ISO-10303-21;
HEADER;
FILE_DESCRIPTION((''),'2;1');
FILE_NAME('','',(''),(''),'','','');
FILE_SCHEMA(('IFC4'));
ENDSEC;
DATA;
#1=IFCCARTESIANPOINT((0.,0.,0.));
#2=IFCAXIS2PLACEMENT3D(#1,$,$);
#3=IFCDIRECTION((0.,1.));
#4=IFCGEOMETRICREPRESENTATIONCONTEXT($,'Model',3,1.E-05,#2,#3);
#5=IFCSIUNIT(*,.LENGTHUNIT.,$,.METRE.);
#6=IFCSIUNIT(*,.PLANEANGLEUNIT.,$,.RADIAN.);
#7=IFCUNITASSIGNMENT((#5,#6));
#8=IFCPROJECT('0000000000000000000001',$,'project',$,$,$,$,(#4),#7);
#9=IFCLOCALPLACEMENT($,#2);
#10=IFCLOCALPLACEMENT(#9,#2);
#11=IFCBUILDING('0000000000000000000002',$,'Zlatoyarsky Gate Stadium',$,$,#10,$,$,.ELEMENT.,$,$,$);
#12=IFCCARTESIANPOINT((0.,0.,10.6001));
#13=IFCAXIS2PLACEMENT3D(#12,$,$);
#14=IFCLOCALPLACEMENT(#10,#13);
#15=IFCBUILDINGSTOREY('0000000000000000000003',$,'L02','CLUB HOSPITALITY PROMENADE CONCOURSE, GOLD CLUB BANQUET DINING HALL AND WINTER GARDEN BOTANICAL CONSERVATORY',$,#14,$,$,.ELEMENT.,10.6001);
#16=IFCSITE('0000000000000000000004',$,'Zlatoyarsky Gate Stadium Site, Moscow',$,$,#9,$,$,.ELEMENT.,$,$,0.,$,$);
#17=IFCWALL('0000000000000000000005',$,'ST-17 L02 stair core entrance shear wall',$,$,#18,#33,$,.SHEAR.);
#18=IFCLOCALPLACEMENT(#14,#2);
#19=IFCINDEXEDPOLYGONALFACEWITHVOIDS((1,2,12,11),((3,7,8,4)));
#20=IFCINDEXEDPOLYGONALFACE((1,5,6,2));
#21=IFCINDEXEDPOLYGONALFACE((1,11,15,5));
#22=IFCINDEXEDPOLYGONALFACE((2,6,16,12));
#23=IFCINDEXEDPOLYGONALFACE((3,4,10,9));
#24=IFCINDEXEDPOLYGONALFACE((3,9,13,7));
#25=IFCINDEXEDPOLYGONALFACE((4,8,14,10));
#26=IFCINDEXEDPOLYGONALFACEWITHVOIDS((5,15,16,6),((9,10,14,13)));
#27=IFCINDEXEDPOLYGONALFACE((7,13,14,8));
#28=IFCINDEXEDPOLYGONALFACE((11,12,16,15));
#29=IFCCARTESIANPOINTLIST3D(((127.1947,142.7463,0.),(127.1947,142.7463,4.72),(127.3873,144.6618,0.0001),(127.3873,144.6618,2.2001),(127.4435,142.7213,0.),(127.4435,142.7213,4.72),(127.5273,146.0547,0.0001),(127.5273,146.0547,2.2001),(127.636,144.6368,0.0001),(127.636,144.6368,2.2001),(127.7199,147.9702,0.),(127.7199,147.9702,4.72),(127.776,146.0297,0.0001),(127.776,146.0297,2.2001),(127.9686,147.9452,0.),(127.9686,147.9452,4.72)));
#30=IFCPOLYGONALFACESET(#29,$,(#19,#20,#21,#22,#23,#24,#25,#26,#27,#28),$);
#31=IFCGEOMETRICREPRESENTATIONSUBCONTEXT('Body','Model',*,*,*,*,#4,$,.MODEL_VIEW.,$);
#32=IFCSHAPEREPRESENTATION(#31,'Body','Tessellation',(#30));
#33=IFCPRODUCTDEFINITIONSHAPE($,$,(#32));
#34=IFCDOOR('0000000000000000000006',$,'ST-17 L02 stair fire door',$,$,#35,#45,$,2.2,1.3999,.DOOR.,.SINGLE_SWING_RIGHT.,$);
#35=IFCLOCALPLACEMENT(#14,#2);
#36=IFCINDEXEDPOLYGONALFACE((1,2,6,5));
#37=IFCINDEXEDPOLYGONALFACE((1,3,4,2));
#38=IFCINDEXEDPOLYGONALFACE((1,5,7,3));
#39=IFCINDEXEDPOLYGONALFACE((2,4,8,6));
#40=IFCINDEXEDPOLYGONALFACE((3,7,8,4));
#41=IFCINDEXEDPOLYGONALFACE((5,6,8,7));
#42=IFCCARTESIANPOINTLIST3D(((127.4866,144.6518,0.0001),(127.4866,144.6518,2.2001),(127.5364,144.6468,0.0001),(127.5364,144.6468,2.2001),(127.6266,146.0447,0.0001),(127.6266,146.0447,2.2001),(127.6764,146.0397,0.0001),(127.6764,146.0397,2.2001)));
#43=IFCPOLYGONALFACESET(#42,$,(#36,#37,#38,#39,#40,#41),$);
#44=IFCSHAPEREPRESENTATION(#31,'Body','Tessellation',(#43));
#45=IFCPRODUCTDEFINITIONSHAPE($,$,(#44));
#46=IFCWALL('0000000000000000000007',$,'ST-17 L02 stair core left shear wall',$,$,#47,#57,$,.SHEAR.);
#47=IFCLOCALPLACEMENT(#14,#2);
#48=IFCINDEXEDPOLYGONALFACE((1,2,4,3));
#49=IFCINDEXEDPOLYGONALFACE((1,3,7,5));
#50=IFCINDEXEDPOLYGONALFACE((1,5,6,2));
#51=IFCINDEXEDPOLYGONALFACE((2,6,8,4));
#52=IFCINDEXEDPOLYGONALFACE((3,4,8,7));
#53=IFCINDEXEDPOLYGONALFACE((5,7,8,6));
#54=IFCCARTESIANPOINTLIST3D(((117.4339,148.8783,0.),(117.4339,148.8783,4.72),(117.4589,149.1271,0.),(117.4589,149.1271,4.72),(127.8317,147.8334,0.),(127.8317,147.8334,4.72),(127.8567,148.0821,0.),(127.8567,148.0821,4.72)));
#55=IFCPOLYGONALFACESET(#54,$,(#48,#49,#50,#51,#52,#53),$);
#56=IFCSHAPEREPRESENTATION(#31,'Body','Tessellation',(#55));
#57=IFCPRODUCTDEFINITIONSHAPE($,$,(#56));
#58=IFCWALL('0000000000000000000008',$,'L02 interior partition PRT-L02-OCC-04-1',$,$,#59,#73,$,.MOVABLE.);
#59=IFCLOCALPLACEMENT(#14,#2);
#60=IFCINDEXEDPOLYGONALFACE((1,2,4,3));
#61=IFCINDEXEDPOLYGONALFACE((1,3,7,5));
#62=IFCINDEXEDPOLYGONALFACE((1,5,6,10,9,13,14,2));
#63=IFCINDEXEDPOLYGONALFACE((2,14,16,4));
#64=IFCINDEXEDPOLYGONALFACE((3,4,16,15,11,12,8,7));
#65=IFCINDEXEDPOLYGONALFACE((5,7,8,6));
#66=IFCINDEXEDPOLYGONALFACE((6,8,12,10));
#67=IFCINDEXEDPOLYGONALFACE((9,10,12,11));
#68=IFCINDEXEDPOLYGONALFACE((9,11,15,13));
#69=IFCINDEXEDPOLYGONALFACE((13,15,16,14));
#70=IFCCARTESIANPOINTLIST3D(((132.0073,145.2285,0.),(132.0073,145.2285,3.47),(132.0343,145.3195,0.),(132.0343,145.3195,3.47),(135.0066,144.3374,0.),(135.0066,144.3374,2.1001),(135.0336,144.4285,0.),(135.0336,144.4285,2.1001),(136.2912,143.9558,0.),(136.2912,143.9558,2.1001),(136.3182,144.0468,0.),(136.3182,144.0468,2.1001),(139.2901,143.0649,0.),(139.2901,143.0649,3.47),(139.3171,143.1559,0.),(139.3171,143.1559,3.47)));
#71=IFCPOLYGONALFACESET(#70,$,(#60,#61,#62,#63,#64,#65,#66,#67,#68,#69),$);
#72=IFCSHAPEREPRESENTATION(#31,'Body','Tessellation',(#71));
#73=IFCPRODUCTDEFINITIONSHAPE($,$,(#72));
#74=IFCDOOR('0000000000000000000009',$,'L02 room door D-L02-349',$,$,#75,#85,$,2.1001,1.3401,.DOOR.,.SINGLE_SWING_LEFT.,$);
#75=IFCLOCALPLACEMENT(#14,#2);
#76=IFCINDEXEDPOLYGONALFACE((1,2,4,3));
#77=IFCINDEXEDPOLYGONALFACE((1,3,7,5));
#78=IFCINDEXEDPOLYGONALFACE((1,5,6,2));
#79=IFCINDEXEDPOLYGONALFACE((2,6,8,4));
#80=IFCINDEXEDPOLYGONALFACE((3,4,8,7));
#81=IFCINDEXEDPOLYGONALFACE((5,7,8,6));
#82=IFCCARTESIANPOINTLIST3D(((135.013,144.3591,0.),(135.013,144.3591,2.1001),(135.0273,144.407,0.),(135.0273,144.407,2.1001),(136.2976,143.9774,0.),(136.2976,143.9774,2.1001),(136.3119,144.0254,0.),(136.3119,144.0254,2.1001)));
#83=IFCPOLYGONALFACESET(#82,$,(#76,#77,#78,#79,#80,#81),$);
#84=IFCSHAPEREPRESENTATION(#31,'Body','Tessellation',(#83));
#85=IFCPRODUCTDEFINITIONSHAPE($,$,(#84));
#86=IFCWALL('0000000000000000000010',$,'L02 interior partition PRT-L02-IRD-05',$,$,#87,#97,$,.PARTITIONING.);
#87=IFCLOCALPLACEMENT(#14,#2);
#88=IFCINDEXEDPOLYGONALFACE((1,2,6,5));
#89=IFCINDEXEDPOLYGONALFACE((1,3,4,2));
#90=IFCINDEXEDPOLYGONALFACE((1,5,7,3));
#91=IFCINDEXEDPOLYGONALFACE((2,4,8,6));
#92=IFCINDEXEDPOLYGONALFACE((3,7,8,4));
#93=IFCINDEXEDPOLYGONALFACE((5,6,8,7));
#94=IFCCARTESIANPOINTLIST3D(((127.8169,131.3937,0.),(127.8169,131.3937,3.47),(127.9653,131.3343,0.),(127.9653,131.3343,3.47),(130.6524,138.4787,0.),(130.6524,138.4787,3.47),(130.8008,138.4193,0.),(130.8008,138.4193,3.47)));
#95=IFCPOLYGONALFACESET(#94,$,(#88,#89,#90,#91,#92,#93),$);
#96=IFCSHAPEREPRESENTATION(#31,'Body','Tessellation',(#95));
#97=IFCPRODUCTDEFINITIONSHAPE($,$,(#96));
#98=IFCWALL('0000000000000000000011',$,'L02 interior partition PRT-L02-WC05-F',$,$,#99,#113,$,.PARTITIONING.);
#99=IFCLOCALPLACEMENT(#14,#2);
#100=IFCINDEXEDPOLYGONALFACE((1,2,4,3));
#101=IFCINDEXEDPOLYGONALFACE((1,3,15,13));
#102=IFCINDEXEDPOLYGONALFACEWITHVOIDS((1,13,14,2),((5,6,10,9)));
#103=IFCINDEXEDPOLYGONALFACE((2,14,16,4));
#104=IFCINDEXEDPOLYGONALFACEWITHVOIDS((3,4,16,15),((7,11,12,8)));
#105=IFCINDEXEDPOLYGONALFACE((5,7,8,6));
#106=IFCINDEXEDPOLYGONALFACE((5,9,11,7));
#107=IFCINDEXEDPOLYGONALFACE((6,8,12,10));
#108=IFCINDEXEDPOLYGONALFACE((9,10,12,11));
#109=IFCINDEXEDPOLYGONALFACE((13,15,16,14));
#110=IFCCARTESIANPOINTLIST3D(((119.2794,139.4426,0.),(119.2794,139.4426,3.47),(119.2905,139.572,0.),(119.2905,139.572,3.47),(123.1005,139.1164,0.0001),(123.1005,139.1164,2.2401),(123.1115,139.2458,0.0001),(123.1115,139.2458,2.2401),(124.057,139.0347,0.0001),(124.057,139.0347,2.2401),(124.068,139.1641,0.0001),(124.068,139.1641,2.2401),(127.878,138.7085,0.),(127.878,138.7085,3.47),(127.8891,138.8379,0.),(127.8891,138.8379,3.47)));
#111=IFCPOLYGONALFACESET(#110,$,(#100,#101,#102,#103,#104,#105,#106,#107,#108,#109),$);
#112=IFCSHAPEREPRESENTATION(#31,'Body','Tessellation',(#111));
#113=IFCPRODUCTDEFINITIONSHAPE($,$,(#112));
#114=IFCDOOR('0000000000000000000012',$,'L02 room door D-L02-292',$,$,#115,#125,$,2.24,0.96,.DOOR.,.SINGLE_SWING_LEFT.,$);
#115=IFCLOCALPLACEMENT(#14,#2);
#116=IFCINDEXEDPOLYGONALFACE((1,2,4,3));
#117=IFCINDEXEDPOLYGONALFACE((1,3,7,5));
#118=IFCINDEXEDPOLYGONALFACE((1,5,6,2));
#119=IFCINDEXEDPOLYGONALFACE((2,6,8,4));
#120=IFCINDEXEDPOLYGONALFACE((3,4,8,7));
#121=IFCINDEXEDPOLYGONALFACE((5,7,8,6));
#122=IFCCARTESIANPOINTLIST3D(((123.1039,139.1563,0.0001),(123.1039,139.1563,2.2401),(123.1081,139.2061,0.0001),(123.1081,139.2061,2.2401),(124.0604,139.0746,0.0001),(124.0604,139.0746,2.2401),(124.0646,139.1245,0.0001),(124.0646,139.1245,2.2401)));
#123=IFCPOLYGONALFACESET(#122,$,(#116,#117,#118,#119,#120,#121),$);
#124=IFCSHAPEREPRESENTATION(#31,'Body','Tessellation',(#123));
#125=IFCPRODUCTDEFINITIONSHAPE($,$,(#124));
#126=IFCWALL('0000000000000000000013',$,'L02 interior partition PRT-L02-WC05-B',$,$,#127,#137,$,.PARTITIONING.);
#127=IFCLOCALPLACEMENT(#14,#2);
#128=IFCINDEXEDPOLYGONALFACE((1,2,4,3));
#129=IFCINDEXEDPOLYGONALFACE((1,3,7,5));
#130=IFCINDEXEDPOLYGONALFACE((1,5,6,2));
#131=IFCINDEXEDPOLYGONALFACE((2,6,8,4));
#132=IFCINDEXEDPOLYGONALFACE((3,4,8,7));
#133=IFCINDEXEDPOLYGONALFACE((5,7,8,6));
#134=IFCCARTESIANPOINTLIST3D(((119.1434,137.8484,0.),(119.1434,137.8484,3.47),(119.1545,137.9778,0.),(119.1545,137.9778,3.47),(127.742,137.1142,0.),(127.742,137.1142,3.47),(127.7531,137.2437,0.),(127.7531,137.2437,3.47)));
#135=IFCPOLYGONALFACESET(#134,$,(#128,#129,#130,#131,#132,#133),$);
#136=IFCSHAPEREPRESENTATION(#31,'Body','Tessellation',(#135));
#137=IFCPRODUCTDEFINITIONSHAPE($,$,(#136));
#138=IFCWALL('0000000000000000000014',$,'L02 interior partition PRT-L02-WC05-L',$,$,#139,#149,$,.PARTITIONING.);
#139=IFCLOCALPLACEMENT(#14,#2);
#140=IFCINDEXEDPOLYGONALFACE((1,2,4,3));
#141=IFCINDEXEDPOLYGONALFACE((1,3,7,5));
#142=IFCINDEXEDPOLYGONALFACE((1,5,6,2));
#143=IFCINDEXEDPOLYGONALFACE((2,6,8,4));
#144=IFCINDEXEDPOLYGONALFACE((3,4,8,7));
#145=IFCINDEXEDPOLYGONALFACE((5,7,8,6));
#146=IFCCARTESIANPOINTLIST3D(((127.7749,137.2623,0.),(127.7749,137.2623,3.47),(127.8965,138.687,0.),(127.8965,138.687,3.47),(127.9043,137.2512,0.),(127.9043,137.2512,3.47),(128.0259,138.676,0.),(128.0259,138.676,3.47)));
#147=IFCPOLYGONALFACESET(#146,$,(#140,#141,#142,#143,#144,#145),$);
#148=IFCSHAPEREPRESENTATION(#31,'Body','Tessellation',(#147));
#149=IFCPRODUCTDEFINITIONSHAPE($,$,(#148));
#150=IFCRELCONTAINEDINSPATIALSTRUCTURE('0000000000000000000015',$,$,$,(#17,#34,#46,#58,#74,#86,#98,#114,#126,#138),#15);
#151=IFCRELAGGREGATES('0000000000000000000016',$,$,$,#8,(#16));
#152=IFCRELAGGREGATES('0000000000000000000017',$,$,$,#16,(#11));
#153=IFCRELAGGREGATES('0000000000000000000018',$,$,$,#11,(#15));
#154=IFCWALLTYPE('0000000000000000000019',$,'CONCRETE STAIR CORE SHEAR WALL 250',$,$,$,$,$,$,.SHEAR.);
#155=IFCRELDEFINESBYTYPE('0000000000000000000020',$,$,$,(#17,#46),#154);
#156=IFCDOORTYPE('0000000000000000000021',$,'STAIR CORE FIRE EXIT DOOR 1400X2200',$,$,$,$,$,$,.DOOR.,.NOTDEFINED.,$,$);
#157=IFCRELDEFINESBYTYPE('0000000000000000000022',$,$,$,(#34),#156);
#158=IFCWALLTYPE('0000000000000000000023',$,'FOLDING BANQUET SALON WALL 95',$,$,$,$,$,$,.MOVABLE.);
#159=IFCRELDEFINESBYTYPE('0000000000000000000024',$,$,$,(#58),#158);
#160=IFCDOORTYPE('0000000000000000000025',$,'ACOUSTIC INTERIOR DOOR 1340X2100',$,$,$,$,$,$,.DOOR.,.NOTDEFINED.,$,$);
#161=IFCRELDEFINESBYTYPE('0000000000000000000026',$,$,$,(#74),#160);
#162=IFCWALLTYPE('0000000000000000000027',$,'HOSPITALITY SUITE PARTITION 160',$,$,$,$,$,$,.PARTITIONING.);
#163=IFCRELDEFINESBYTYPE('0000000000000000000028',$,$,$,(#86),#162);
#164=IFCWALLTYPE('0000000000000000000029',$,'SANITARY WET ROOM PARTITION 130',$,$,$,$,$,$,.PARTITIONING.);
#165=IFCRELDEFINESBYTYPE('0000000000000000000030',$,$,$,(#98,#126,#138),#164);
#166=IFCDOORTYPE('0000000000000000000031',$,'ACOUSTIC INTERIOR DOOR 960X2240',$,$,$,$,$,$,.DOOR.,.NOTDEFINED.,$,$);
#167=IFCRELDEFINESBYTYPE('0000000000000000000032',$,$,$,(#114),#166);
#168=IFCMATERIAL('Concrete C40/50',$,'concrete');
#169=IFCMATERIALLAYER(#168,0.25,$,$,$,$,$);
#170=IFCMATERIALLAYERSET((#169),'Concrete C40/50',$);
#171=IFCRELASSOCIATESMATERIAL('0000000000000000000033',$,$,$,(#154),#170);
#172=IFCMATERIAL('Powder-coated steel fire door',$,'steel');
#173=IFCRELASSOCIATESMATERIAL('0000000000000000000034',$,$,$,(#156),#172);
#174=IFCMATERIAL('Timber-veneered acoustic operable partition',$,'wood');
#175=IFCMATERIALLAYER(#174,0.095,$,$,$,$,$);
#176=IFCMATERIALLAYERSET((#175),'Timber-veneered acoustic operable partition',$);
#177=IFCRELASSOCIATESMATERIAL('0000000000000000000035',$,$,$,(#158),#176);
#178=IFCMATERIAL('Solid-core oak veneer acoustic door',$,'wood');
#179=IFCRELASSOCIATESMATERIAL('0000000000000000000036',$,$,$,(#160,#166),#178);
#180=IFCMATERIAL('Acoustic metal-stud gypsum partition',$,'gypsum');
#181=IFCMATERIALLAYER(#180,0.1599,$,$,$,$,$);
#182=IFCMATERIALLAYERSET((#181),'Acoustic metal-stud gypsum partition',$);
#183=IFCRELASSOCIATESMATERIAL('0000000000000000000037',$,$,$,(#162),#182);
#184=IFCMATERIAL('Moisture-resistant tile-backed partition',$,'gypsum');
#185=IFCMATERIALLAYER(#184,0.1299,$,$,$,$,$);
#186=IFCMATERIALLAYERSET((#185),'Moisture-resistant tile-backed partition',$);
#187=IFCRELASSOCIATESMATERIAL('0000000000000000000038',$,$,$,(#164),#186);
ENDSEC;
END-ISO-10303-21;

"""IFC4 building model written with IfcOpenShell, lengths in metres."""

from ifc_helpers import new_model, si_unit, direction, frame, frame_2d, origin, place, context, subcontext, project, spatial, rectangle, extrude, material, layer, layer_set, type_object, element, fill, save


model = new_model("IFC4")

# Units and contexts
model_context = context("Model", 3, precision=1e-05, world=origin(), true_north=direction((0.0, 1.0)))
body_context = subcontext(model_context, "Body", "Model", "MODEL_VIEW")
ifc_project = project(units=[si_unit("LENGTHUNIT", "METRE"), si_unit("PLANEANGLEUNIT", "RADIAN")], contexts=[model_context])

# Site, building, storey
site_placement = place(None, origin())
site = spatial("IfcSite", under=ifc_project, at=site_placement, Name="Zlatoyarsky Gate Stadium Site, Moscow", CompositionType="ELEMENT", RefElevation=0.0)
building_placement = place(site_placement, origin())
building = spatial("IfcBuilding", under=site, at=building_placement, Name="Zlatoyarsky Gate Stadium", CompositionType="ELEMENT")
storey_placement = place(building_placement, frame((0.0, 0.0, 10.6001)))
storey = spatial("IfcBuildingStorey", under=building, at=storey_placement, Name="L02", Description="CLUB HOSPITALITY PROMENADE CONCOURSE, GOLD CLUB BANQUET DINING HALL AND WINTER GARDEN BOTANICAL CONSERVATORY", CompositionType="ELEMENT", Elevation=10.6001)

# Shared definitions
ifc_material_1 = material(Name="Concrete C40/50", Category="concrete")

# Shared definitions
ifc_layer_1 = layer(ifc_material_1, 0.25)
ifc_layer_set_1 = layer_set([ifc_layer_1], Name="Concrete C40/50")
wall_type_1 = type_object("IfcWallType", Name="CONCRETE STAIR CORE SHEAR WALL 250", PredefinedType="SHEAR", material=ifc_layer_set_1)

# Wall, opening, door
wall_1_placement = place(storey_placement, frame((127.3191, 142.7339, 0.0), z_axis=(0.0, 0.0, 1.0), x_axis=(0.100024, 0.994985, 0.0)))
wall_1 = element("IfcWall", 1, at=wall_1_placement, inside=storey, type_object=wall_type_1, Name="ST-17 L02 stair core entrance shear wall", PredefinedType="SHEAR", context=body_context, shape_type="SweptSolid", body=[
    extrude(rectangle(XDim=5.2502, YDim=0.25, at=frame_2d((2.625, 0.0))), origin(), (0.0, 0.0, 1.0), 4.72),
])
opening_1_placement = place(wall_1_placement, frame((1.925, 0.0, 0.0)))
opening_1 = element("IfcOpeningElement", 2, at=opening_1_placement, cuts=wall_1, PredefinedType="OPENING", context=body_context, shape_type="SweptSolid", body=[
    extrude(rectangle(XDim=1.3999, YDim=2.2, at=frame_2d((0.7, 1.1001))), frame((0.0, 0.135, 0.0), z_axis=(0.0, -1.0, 0.0), x_axis=(1.0, 0.0, 0.0)), (0.0, 0.0, 1.0), 0.27),
])
ifc_material_2 = material(Name="Powder-coated steel fire door", Category="steel")
door_type_1 = type_object("IfcDoorType", Name="STAIR CORE FIRE EXIT DOOR 1400X2200", OperationType="NOTDEFINED", PredefinedType="DOOR", material=ifc_material_2)
door_1_placement = place(opening_1_placement, frame((1.3999, 0.0, 0.0), z_axis=(0.0, 0.0, 1.0), x_axis=(-1.0, 0.0, 0.0)))
door_1 = element("IfcDoor", 3, at=door_1_placement, inside=storey, type_object=door_type_1, Name="ST-17 L02 stair fire door", OperationType="SINGLE_SWING_RIGHT", OverallHeight=2.2, OverallWidth=1.3999, PredefinedType="DOOR", context=body_context, shape_type="SweptSolid", body=[
    extrude(rectangle(XDim=1.3999, YDim=2.2, at=frame_2d((0.7, 1.1001))), frame((0.0, 0.0249, 0.0), z_axis=(0.0, -1.0, 0.0), x_axis=(1.0, 0.0, 0.0)), (0.0, 0.0, 1.0), 0.05),
])
fill(opening_1, door_1)

# Wall
wall_2_placement = place(storey_placement, frame((127.8442, 147.9578, 0.0), z_axis=(0.0, 0.0, 1.0), x_axis=(-0.994988, 0.099992, 0.0)))
element("IfcWall", 4, at=wall_2_placement, inside=storey, type_object=wall_type_1, Name="ST-17 L02 stair core left shear wall", PredefinedType="SHEAR", context=body_context, shape_type="SweptSolid", body=[
    extrude(rectangle(XDim=10.4502, YDim=0.25, at=frame_2d((5.2251, 0.0))), origin(), (0.0, 0.0, 1.0), 4.72),
])

# Wall, opening, door
ifc_material_3 = material(Name="Timber-veneered acoustic operable partition", Category="wood")
ifc_layer_2 = layer(ifc_material_3, 0.095)
ifc_layer_set_2 = layer_set([ifc_layer_2], Name="Timber-veneered acoustic operable partition")
wall_type_2 = type_object("IfcWallType", Name="FOLDING BANQUET SALON WALL 95", PredefinedType="MOVABLE", material=ifc_layer_set_2)
wall_3_placement = place(storey_placement, frame((139.3037, 143.1104, 0.0), z_axis=(0.0, 0.0, 1.0), x_axis=(-0.958592, 0.284782, 0.0)))
wall_3 = element("IfcWall", 5, at=wall_3_placement, inside=storey, type_object=wall_type_2, Name="L02 interior partition PRT-L02-OCC-04-1", PredefinedType="MOVABLE", context=body_context, shape_type="SweptSolid", body=[
    extrude(rectangle(XDim=7.5974, YDim=0.095, at=frame_2d((3.7988, 0.0))), origin(), (0.0, 0.0, 1.0), 3.47),
])
opening_2_placement = place(wall_3_placement, frame((3.1287, 0.0, 0.0)))
opening_2 = element("IfcOpeningElement", 6, at=opening_2_placement, cuts=wall_3, PredefinedType="OPENING", context=body_context, shape_type="SweptSolid", body=[
    extrude(rectangle(XDim=1.3401, YDim=2.1001, at=frame_2d((0.6699, 1.05))), frame((0.0, 0.0574, 0.0), z_axis=(0.0, -1.0, 0.0), x_axis=(1.0, 0.0, 0.0)), (0.0, 0.0, 1.0), 0.115),
])
ifc_material_4 = material(Name="Solid-core oak veneer acoustic door", Category="wood")
door_type_2 = type_object("IfcDoorType", Name="ACOUSTIC INTERIOR DOOR 1340X2100", OperationType="NOTDEFINED", PredefinedType="DOOR", material=ifc_material_4)
door_2_placement = place(opening_2_placement, origin())
door_2 = element("IfcDoor", 7, at=door_2_placement, inside=storey, type_object=door_type_2, Name="L02 room door D-L02-349", OperationType="SINGLE_SWING_LEFT", OverallHeight=2.1001, OverallWidth=1.3401, PredefinedType="DOOR", context=body_context, shape_type="SweptSolid", body=[
    extrude(rectangle(XDim=1.3401, YDim=2.1001, at=frame_2d((0.6699, 1.05))), frame((0.0, 0.0249, 0.0), z_axis=(0.0, -1.0, 0.0), x_axis=(1.0, 0.0, 0.0)), (0.0, 0.0, 1.0), 0.05),
])
fill(opening_2, door_2)

# Wall
ifc_material_5 = material(Name="Acoustic metal-stud gypsum partition", Category="gypsum")
ifc_layer_3 = layer(ifc_material_5, 0.1599)
ifc_layer_set_3 = layer_set([ifc_layer_3], Name="Acoustic metal-stud gypsum partition")
wall_type_3 = type_object("IfcWallType", Name="HOSPITALITY SUITE PARTITION 160", PredefinedType="PARTITIONING", material=ifc_layer_set_3)
wall_4_placement = place(storey_placement, frame((127.8911, 131.364, 0.0), z_axis=(0.0, 0.0, 1.0), x_axis=(0.371556, 0.92841, 0.0)))
element("IfcWall", 8, at=wall_4_placement, inside=storey, type_object=wall_type_3, Name="L02 interior partition PRT-L02-IRD-05", PredefinedType="PARTITIONING", context=body_context, shape_type="SweptSolid", body=[
    extrude(rectangle(XDim=7.6313, YDim=0.1599, at=frame_2d((3.8157, 0.0))), origin(), (0.0, 0.0, 1.0), 3.47),
])

# Wall, opening, door
ifc_material_6 = material(Name="Moisture-resistant tile-backed partition", Category="gypsum")
ifc_layer_4 = layer(ifc_material_6, 0.1299)
ifc_layer_set_4 = layer_set([ifc_layer_4], Name="Moisture-resistant tile-backed partition")
wall_type_4 = type_object("IfcWallType", Name="SANITARY WET ROOM PARTITION 130", PredefinedType="PARTITIONING", material=ifc_layer_set_4)
wall_5_placement = place(storey_placement, frame((127.8835, 138.7732, 0.0), z_axis=(0.0, 0.0, 1.0), x_axis=(-0.996375, 0.085068, 0.0)))
wall_5 = element("IfcWall", 9, at=wall_5_placement, inside=storey, type_object=wall_type_4, Name="L02 interior partition PRT-L02-WC05-F", PredefinedType="PARTITIONING", context=body_context, shape_type="SweptSolid", body=[
    extrude(rectangle(XDim=8.6299, YDim=0.1299, at=frame_2d((4.3149, 0.0))), origin(), (0.0, 0.0, 1.0), 3.47),
])
opening_3_placement = place(wall_5_placement, frame((3.835, 0.0, 0.0)))
opening_3 = element("IfcOpeningElement", 10, at=opening_3_placement, cuts=wall_5, PredefinedType="OPENING", context=body_context, shape_type="SweptSolid", body=[
    extrude(rectangle(XDim=0.96, YDim=2.24, at=frame_2d((0.48, 1.1201))), frame((0.0, 0.075, 0.0), z_axis=(0.0, -1.0, 0.0), x_axis=(1.0, 0.0, 0.0)), (0.0, 0.0, 1.0), 0.1499),
])
door_type_3 = type_object("IfcDoorType", Name="ACOUSTIC INTERIOR DOOR 960X2240", OperationType="NOTDEFINED", PredefinedType="DOOR", material=ifc_material_4)
door_3_placement = place(opening_3_placement, origin())
door_3 = element("IfcDoor", 11, at=door_3_placement, inside=storey, type_object=door_type_3, Name="L02 room door D-L02-292", OperationType="SINGLE_SWING_LEFT", OverallHeight=2.24, OverallWidth=0.96, PredefinedType="DOOR", context=body_context, shape_type="SweptSolid", body=[
    extrude(rectangle(XDim=0.96, YDim=2.24, at=frame_2d((0.48, 1.1201))), frame((0.0, 0.0249, 0.0), z_axis=(0.0, -1.0, 0.0), x_axis=(1.0, 0.0, 0.0)), (0.0, 0.0, 1.0), 0.05),
])
fill(opening_3, door_3)

# Walls
wall_6_placement = place(storey_placement, frame((127.7476, 137.179, 0.0), z_axis=(0.0, 0.0, 1.0), x_axis=(-0.996375, 0.085068, 0.0)))
element("IfcWall", 12, at=wall_6_placement, inside=storey, type_object=wall_type_4, Name="L02 interior partition PRT-L02-WC05-B", PredefinedType="PARTITIONING", context=body_context, shape_type="SweptSolid", body=[
    extrude(rectangle(XDim=8.6299, YDim=0.1299, at=frame_2d((4.3149, 0.0))), origin(), (0.0, 0.0, 1.0), 3.47),
])
wall_7_placement = place(storey_placement, frame((127.9612, 138.6814, 0.0), z_axis=(0.0, 0.0, 1.0), x_axis=(-0.085023, -0.996379, 0.0)))
element("IfcWall", 13, at=wall_7_placement, inside=storey, type_object=wall_type_4, Name="L02 interior partition PRT-L02-WC05-L", PredefinedType="PARTITIONING", context=body_context, shape_type="SweptSolid", body=[
    extrude(rectangle(XDim=1.4299, YDim=0.1299, at=frame_2d((0.7148, 0.0))), origin(), (0.0, 0.0, 1.0), 3.47),
])

save(model, "model.ifc")
